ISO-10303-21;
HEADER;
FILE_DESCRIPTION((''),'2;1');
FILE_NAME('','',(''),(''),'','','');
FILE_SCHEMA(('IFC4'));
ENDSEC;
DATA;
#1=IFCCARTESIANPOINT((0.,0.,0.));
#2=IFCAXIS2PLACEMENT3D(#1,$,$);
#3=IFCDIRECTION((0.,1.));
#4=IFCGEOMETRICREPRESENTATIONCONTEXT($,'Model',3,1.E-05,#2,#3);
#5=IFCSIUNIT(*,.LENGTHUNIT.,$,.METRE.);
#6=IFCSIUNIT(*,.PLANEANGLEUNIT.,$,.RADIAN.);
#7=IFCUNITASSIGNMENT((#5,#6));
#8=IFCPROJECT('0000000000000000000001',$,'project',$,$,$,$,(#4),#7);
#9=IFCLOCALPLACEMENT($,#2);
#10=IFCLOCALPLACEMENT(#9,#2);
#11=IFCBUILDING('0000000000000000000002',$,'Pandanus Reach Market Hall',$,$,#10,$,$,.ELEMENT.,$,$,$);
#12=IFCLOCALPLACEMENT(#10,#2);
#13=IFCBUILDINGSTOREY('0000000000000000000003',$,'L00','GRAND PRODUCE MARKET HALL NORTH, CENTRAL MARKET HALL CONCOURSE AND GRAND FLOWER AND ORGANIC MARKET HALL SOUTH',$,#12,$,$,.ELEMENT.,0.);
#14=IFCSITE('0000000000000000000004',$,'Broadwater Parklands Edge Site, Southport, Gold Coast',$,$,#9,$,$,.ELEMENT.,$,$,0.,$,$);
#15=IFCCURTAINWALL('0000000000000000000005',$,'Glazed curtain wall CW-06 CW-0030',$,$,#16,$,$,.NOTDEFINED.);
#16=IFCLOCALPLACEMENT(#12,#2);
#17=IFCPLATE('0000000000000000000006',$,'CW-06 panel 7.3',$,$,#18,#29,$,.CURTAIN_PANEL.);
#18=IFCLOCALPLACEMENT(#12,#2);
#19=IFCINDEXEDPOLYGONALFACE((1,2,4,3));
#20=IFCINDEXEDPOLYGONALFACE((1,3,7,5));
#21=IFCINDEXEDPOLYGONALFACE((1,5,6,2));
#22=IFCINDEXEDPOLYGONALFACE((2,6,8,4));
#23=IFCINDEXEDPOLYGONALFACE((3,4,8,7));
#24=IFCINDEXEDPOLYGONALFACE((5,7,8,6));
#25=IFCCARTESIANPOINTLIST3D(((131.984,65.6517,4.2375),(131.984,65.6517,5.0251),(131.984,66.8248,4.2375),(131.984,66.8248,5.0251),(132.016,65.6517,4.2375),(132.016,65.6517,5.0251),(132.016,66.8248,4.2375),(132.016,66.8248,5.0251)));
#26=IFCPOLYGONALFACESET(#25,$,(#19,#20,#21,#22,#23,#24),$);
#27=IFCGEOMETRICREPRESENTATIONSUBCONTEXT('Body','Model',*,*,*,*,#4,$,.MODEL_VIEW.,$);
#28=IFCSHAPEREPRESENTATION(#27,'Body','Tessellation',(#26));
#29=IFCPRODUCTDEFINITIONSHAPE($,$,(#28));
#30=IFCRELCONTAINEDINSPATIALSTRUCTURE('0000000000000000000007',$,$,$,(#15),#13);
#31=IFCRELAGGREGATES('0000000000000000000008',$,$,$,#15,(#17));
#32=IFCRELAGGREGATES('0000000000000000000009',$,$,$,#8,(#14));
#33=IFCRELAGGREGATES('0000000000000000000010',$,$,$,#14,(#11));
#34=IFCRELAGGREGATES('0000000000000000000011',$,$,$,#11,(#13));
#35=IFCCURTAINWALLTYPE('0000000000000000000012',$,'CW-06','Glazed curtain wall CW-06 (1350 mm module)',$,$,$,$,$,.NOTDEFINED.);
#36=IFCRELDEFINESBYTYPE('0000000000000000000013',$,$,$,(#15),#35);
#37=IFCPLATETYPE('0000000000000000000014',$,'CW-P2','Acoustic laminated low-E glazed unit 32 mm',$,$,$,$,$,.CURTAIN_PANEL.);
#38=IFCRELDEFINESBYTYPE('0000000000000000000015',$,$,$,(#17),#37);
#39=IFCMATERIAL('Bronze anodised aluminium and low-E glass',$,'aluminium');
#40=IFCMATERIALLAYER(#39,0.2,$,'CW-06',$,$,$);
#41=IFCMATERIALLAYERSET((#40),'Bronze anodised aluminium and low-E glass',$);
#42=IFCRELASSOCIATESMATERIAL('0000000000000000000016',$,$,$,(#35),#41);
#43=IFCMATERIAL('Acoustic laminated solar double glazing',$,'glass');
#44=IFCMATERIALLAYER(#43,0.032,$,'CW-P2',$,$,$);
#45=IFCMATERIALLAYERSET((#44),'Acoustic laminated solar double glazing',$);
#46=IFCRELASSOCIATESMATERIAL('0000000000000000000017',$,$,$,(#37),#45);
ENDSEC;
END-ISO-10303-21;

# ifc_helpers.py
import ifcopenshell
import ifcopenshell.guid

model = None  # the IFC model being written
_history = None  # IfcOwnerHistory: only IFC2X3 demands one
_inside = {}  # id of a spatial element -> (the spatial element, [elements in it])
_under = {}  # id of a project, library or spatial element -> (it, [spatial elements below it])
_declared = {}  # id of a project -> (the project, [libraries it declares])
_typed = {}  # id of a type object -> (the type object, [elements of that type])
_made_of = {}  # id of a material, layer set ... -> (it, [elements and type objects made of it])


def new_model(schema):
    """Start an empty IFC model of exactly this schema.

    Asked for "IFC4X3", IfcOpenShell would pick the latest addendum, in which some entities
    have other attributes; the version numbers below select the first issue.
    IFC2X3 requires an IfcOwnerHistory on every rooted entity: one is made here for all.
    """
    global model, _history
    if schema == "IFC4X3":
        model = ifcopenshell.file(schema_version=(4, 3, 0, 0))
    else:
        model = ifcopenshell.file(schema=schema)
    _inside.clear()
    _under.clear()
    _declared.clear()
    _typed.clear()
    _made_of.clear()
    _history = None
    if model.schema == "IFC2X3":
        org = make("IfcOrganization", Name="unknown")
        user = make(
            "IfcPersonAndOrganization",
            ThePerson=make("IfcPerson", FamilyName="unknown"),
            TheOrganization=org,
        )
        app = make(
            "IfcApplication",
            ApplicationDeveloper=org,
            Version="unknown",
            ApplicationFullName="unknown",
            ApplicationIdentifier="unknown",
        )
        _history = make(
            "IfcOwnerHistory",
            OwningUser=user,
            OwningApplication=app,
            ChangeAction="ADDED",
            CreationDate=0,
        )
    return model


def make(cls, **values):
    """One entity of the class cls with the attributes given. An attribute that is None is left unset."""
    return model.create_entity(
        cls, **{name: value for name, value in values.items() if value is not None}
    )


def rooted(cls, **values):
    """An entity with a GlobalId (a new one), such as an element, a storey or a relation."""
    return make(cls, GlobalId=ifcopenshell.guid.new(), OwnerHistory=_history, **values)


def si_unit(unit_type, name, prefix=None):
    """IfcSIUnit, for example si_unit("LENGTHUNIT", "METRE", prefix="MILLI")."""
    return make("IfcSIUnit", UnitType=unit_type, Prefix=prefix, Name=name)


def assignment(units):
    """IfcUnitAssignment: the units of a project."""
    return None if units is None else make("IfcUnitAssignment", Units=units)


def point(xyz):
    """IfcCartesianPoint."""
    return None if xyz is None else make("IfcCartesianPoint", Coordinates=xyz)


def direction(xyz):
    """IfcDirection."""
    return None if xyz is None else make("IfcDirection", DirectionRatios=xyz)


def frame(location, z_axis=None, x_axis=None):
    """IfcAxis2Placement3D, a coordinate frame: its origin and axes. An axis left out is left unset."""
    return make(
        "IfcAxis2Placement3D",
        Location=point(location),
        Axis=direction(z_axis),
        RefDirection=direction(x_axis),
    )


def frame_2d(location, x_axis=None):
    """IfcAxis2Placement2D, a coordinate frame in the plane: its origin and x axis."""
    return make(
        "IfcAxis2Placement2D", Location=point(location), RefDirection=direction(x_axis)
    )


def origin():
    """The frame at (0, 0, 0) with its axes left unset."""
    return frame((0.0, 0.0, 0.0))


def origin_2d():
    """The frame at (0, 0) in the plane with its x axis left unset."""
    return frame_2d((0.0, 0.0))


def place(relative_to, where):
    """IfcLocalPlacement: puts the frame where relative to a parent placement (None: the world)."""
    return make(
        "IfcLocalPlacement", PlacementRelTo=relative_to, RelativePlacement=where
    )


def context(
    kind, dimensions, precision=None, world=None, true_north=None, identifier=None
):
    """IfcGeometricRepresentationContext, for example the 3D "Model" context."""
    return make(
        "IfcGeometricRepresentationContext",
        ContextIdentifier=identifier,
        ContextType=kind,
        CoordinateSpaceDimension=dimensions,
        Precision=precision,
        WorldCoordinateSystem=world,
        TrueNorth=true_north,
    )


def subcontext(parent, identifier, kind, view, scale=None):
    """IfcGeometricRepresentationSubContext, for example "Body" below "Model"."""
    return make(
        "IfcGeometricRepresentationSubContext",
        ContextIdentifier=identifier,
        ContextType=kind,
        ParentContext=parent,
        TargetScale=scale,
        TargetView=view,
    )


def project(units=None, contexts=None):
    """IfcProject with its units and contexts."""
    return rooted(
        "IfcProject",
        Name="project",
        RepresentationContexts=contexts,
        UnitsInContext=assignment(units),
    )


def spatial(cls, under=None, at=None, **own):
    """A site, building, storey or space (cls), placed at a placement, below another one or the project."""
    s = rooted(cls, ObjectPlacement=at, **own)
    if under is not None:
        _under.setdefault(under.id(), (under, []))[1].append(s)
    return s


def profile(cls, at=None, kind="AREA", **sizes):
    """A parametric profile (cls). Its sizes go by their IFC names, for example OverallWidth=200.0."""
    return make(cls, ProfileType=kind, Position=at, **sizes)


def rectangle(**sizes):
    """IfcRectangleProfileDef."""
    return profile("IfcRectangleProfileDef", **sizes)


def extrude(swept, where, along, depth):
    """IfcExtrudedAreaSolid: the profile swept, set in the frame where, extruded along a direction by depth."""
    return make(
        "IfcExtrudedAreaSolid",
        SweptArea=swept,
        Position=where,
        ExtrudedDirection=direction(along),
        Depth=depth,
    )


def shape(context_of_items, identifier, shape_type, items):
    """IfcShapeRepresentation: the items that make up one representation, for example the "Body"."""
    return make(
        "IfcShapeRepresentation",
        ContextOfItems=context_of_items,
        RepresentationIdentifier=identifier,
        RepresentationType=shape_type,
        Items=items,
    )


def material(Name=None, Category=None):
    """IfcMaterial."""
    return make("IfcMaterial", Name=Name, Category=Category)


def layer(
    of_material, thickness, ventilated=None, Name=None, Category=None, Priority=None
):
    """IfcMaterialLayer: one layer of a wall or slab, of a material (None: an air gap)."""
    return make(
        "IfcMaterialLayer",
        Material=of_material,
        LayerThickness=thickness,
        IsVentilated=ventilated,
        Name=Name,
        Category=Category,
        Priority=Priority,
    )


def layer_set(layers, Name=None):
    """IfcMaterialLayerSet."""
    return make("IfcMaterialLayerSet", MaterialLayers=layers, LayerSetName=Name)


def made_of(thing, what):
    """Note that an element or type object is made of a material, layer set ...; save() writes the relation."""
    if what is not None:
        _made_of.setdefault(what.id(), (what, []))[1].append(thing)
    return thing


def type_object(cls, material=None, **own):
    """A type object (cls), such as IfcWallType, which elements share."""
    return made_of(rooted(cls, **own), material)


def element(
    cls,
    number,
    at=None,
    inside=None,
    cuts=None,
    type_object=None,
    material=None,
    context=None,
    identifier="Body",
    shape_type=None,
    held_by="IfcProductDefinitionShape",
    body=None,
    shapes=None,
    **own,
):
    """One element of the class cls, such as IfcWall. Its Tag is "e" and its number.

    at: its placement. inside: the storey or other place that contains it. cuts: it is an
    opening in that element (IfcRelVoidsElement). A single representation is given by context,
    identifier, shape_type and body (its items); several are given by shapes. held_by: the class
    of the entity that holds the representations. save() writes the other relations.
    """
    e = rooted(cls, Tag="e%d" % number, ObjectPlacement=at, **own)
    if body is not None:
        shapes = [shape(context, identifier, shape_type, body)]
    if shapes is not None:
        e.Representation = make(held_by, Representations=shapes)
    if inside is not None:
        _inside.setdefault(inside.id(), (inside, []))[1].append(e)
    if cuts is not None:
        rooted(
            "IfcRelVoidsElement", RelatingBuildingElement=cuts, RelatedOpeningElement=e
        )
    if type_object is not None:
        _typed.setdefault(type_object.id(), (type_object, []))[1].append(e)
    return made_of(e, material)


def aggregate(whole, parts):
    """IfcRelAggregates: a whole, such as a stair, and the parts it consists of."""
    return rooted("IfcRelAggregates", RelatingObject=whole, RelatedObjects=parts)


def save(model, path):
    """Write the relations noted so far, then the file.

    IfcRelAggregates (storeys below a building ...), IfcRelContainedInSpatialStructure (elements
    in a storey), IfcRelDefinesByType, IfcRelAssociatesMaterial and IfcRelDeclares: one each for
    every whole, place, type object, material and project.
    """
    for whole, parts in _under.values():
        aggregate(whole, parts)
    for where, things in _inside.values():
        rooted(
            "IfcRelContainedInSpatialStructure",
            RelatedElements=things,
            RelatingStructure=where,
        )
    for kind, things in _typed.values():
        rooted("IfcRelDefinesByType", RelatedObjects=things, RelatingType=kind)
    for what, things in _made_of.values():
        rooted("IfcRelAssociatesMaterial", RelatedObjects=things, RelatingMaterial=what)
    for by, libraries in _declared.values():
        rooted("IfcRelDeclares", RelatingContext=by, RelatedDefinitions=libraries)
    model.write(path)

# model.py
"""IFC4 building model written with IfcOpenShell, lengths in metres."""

from ifc_helpers import new_model, si_unit, direction, frame, origin, origin_2d, place, context, subcontext, project, spatial, rectangle, extrude, material, layer, layer_set, type_object, element, aggregate, save


model = new_model("IFC4")

# Units and contexts
model_context = context("Model", 3, precision=1e-05, world=origin(), true_north=direction((0.0, 1.0)))
body_context = subcontext(model_context, "Body", "Model", "MODEL_VIEW")
ifc_project = project(units=[si_unit("LENGTHUNIT", "METRE"), si_unit("PLANEANGLEUNIT", "RADIAN")], contexts=[model_context])

# Site, building, storey
site_placement = place(None, origin())
site = spatial("IfcSite", under=ifc_project, at=site_placement, Name="Broadwater Parklands Edge Site, Southport, Gold Coast", CompositionType="ELEMENT", RefElevation=0.0)
building_placement = place(site_placement, origin())
building = spatial("IfcBuilding", under=site, at=building_placement, Name="Pandanus Reach Market Hall", CompositionType="ELEMENT")
storey_placement = place(building_placement, origin())
storey = spatial("IfcBuildingStorey", under=building, at=storey_placement, Name="L00", Description="GRAND PRODUCE MARKET HALL NORTH, CENTRAL MARKET HALL CONCOURSE AND GRAND FLOWER AND ORGANIC MARKET HALL SOUTH", CompositionType="ELEMENT", Elevation=0.0)

# Curtain wall, plate
ifc_material_1 = material(Name="Bronze anodised aluminium and low-E glass", Category="aluminium")
ifc_layer_1 = layer(ifc_material_1, 0.2, Name="CW-06")
ifc_layer_set_1 = layer_set([ifc_layer_1], Name="Bronze anodised aluminium and low-E glass")
curtain_wall_type = type_object("IfcCurtainWallType", Name="CW-06", Description="Glazed curtain wall CW-06 (1350 mm module)", PredefinedType="NOTDEFINED", material=ifc_layer_set_1)
curtain_wall_placement = place(storey_placement, origin())
curtain_wall = element("IfcCurtainWall", 1, at=curtain_wall_placement, inside=storey, type_object=curtain_wall_type, Name="Glazed curtain wall CW-06 CW-0030", PredefinedType="NOTDEFINED")
ifc_material_2 = material(Name="Acoustic laminated solar double glazing", Category="glass")
ifc_layer_2 = layer(ifc_material_2, 0.032, Name="CW-P2")
ifc_layer_set_2 = layer_set([ifc_layer_2], Name="Acoustic laminated solar double glazing")
plate_type = type_object("IfcPlateType", Name="CW-P2", Description="Acoustic laminated low-E glazed unit 32 mm", PredefinedType="CURTAIN_PANEL", material=ifc_layer_set_2)
plate_1_placement = place(storey_placement, frame((132.0, 66.2383, 4.2375), z_axis=(0.0, 0.0, 1.0), x_axis=(0.0, 1.0, 0.0)))
plate_1 = element("IfcPlate", 2, at=plate_1_placement, type_object=plate_type, Name="CW-06 panel 7.3", PredefinedType="CURTAIN_PANEL", context=body_context, shape_type="SweptSolid", body=[
    extrude(rectangle(XDim=1.1731, YDim=0.032, at=origin_2d()), origin(), (0.0, 0.0, 1.0), 0.7876),
])
aggregate(curtain_wall, [plate_1])

save(model, "model.ifc")
